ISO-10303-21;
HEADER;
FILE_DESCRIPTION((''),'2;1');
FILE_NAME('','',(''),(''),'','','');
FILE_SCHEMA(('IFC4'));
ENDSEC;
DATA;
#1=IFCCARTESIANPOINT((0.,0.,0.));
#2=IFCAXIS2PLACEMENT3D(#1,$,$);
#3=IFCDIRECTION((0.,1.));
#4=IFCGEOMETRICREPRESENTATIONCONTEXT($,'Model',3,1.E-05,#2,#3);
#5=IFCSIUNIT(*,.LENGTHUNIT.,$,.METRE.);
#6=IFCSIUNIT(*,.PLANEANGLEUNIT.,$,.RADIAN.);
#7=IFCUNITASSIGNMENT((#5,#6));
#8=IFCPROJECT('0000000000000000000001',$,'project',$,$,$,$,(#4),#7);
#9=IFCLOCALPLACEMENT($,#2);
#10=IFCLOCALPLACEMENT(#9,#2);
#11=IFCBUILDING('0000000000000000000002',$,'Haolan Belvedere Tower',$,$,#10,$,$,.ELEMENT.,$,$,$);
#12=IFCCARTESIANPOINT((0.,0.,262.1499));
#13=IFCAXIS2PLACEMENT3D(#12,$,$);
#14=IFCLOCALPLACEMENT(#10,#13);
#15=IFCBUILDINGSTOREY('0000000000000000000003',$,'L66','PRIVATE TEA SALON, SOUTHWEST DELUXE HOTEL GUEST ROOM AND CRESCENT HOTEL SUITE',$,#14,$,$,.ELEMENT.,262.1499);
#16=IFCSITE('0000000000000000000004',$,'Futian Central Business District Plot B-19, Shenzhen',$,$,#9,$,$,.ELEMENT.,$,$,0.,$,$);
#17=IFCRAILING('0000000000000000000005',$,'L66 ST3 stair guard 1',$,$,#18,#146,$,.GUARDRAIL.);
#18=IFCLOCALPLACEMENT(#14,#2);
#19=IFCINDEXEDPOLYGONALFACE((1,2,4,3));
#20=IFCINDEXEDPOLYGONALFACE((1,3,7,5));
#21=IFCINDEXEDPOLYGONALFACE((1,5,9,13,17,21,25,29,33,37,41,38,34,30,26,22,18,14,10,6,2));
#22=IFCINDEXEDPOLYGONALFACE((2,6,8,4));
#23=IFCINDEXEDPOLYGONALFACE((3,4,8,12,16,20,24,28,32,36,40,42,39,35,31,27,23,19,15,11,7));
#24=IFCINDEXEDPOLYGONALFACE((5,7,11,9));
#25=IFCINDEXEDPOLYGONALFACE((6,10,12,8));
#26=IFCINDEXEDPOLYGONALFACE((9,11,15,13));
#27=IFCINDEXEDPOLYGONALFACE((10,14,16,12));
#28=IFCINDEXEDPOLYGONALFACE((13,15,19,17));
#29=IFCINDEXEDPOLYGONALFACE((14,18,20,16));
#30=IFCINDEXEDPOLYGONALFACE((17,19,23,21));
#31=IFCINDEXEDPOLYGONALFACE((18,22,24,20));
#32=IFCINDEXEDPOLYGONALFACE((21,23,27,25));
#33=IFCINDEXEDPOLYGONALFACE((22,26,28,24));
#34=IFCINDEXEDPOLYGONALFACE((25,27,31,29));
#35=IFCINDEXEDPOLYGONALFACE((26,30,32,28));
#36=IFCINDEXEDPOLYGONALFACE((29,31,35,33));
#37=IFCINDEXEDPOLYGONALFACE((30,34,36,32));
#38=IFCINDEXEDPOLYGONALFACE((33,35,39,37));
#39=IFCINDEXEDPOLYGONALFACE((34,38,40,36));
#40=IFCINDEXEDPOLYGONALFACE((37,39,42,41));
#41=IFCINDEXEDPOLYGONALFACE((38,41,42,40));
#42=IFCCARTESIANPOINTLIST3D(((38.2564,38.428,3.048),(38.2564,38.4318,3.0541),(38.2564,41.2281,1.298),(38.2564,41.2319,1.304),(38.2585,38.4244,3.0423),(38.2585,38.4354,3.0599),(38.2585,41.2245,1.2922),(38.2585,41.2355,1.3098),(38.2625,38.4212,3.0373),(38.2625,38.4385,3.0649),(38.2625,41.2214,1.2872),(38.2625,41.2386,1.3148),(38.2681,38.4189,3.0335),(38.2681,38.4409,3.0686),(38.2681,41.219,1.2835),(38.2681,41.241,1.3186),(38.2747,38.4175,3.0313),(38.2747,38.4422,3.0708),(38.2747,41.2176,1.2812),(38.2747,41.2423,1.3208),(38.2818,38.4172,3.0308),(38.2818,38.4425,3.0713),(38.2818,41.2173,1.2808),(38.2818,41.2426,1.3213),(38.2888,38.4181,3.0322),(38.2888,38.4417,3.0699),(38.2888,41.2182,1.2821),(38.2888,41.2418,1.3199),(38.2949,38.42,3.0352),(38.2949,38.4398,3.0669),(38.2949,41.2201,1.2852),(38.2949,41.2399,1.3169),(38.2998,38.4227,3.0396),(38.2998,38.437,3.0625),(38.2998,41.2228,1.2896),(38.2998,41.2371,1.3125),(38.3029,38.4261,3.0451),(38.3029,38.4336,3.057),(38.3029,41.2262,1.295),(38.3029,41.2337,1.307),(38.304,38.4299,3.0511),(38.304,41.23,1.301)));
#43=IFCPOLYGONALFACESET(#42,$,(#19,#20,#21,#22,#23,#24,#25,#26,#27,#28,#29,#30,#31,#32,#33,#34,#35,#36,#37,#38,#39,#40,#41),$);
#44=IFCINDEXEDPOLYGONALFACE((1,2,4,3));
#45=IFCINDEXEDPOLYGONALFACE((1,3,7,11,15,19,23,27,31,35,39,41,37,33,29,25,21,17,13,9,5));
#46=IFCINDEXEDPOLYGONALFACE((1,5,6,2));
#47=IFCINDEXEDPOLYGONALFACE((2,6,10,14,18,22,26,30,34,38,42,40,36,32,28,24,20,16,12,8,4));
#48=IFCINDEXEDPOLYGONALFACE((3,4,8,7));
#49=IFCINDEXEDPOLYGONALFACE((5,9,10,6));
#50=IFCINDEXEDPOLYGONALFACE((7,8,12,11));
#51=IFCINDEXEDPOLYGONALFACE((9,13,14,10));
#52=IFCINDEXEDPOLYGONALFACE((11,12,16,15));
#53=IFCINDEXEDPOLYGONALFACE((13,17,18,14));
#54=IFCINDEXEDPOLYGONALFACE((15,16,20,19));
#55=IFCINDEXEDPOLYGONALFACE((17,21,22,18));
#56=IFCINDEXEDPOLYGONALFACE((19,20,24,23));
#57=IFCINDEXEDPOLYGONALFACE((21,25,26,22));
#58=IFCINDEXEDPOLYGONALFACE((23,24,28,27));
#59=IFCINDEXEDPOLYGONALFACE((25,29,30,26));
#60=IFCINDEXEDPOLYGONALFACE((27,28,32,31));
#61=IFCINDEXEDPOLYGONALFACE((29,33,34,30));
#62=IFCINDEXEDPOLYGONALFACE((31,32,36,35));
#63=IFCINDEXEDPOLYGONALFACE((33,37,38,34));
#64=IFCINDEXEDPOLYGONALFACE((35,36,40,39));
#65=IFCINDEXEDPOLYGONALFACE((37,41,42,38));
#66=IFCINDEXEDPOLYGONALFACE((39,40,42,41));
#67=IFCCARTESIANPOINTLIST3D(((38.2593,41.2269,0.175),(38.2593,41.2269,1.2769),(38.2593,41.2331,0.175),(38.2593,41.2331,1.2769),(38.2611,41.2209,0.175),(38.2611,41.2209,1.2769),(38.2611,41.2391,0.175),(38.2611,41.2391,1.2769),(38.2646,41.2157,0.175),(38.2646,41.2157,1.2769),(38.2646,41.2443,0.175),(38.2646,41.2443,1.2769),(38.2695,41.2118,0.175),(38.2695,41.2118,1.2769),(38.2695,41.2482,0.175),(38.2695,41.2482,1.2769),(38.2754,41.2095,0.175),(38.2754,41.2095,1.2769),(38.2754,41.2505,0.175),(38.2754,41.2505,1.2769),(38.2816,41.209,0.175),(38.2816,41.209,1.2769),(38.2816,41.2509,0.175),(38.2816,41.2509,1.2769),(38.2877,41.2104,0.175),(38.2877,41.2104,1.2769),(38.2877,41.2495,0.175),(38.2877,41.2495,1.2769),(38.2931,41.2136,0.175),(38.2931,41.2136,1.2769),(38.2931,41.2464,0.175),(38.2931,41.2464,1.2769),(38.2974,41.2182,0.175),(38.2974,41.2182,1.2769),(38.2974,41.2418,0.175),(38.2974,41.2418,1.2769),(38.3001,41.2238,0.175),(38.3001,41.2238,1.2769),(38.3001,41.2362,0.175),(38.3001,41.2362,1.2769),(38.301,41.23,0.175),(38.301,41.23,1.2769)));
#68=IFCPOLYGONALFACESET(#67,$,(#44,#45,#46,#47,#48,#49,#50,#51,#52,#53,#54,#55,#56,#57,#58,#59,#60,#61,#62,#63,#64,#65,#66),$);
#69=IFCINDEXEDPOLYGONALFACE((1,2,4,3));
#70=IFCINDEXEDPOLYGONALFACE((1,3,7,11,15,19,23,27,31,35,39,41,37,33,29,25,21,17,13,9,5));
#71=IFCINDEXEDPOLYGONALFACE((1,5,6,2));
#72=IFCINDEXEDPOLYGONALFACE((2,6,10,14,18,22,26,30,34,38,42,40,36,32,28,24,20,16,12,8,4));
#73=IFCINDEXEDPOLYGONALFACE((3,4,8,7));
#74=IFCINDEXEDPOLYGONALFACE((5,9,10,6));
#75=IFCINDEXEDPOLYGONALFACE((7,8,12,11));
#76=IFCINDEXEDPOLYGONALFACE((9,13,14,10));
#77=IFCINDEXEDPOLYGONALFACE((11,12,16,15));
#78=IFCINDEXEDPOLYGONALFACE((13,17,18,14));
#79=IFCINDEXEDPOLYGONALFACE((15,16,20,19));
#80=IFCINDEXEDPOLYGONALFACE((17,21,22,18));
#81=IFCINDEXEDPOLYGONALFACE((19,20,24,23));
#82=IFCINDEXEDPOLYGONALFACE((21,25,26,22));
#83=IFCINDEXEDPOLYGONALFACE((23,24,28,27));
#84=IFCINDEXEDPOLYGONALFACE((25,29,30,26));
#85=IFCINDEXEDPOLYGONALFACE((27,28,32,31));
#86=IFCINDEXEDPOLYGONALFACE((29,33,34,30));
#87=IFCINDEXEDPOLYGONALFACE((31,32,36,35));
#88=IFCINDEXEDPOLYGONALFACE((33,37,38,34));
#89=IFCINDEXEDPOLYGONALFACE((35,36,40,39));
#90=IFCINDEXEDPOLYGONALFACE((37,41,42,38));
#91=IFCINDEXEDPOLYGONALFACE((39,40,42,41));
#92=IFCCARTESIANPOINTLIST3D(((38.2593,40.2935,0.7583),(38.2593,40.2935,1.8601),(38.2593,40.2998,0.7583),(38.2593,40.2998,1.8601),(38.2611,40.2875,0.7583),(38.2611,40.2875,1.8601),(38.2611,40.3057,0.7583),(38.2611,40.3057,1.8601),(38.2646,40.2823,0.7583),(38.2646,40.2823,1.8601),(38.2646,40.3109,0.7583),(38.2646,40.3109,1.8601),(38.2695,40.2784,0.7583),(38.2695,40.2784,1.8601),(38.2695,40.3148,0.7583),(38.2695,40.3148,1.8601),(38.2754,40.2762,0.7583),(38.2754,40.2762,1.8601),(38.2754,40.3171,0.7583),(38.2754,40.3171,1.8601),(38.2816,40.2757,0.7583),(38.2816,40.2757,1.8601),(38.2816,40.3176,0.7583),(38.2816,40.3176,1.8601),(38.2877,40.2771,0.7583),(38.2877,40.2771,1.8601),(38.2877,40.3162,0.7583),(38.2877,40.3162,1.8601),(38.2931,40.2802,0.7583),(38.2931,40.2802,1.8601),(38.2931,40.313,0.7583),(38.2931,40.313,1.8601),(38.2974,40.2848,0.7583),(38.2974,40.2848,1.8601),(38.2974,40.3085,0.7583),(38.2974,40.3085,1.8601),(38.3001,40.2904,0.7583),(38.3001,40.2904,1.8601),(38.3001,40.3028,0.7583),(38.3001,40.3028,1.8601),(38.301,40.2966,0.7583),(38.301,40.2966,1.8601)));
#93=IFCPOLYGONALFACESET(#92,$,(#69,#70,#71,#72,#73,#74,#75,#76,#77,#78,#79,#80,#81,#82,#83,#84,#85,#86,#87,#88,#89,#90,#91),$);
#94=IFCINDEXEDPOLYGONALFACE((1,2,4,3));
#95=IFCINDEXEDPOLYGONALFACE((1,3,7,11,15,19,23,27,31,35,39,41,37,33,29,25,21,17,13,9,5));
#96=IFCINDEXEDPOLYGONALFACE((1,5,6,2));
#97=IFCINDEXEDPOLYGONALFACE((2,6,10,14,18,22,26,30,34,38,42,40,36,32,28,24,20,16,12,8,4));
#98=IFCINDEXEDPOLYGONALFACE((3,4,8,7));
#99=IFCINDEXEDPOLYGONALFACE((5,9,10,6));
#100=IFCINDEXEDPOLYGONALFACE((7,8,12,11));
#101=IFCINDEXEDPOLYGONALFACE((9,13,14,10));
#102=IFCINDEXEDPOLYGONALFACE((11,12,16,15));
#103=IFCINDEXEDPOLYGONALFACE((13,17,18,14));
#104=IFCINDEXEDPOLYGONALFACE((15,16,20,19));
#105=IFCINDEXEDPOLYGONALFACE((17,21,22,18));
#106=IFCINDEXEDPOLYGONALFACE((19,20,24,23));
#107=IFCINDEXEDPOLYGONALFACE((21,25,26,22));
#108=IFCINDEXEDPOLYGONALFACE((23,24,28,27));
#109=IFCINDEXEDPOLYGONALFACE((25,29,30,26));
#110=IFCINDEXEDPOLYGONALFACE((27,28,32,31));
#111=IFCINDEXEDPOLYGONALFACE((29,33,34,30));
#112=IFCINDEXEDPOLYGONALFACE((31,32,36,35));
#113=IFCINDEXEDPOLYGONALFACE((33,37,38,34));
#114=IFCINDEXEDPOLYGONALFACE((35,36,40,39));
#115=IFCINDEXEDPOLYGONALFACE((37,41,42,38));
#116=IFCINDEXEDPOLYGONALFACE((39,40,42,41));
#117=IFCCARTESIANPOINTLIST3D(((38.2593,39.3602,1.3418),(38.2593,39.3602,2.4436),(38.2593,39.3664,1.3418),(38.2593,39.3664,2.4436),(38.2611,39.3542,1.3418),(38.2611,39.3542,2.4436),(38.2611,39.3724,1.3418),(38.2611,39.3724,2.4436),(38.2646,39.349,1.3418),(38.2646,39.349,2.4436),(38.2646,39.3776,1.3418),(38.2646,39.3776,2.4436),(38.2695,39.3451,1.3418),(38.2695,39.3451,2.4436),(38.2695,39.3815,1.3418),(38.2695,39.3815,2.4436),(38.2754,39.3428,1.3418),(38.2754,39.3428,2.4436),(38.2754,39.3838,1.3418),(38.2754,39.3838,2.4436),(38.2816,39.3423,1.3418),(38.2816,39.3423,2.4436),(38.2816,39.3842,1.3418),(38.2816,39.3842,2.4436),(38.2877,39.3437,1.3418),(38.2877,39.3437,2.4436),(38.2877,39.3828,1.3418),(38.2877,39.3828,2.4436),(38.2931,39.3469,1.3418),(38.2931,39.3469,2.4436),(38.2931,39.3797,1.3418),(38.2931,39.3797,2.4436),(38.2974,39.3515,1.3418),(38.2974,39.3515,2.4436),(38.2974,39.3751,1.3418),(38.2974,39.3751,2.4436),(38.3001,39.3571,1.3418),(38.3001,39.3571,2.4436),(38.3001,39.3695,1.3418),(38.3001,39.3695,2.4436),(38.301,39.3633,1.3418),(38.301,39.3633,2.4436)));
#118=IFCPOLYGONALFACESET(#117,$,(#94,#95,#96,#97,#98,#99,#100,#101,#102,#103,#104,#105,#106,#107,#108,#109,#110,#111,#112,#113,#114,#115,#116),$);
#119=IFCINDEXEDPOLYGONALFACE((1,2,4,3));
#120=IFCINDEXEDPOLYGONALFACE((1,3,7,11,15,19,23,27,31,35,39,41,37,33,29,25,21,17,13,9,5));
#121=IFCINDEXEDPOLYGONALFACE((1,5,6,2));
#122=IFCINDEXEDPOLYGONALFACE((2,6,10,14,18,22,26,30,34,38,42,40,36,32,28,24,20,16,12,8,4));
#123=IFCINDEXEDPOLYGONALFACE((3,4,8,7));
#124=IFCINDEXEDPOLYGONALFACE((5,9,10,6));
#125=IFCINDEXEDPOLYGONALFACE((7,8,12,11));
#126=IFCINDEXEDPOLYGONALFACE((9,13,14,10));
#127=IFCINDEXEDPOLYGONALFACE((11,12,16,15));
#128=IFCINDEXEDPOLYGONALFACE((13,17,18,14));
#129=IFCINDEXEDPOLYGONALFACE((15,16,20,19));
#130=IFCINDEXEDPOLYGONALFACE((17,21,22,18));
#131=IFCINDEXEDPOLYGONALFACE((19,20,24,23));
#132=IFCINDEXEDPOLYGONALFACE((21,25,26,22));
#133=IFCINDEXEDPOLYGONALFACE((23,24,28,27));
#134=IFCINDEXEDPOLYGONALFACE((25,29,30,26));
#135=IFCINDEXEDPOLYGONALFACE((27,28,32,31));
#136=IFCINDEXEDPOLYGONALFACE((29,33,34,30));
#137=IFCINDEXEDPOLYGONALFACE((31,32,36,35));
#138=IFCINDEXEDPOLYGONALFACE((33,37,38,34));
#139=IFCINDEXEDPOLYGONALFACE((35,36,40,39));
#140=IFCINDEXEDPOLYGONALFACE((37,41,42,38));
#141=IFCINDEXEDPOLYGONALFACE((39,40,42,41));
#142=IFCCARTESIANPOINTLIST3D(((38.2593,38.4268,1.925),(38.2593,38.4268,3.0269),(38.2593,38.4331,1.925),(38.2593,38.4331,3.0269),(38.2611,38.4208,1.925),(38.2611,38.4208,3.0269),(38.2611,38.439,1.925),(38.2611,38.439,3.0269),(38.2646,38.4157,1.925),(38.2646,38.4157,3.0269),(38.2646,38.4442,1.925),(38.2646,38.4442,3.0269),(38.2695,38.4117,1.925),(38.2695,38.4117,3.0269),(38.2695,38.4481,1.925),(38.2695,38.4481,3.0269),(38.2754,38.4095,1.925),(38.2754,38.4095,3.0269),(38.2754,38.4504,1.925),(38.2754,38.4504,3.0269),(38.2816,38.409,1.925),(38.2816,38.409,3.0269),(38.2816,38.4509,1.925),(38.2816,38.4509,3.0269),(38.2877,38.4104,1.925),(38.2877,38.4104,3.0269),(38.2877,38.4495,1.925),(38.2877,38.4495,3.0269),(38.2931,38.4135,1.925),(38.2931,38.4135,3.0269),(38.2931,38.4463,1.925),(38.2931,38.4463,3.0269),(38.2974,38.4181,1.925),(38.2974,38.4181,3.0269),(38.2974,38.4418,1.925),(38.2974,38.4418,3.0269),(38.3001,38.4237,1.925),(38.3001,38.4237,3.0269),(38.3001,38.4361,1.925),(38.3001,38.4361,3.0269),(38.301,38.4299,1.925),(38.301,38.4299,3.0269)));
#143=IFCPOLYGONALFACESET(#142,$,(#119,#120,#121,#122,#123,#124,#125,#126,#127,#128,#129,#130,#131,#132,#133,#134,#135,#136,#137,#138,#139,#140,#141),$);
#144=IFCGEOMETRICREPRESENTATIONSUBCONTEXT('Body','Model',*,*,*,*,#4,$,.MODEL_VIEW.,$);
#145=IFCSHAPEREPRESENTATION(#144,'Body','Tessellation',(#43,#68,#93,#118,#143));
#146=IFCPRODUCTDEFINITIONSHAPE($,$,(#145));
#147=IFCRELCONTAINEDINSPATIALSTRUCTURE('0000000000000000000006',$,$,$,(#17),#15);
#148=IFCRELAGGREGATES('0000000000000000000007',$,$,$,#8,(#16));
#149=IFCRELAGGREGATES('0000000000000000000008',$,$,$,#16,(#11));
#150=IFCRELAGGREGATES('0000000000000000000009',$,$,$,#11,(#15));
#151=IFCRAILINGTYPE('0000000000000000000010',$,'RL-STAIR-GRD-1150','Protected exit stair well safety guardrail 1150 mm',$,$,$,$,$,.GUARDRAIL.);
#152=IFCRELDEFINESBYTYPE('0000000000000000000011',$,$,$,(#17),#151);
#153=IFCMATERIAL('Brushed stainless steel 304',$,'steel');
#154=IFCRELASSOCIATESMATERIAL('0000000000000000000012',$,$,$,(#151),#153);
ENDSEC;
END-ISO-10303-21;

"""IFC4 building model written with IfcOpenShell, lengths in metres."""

from ifc_helpers import new_model, si_unit, direction, frame, origin, origin_2d, place, context, subcontext, project, spatial, circle, extrude, material, type_object, element, save


model = new_model("IFC4")

# Units and contexts
model_context = context("Model", 3, precision=1e-05, world=origin(), true_north=direction((0.0, 1.0)))
body_context = subcontext(model_context, "Body", "Model", "MODEL_VIEW")
ifc_project = project(units=[si_unit("LENGTHUNIT", "METRE"), si_unit("PLANEANGLEUNIT", "RADIAN")], contexts=[model_context])

# Site, building, storey
site_placement = place(None, origin())
site = spatial("IfcSite", under=ifc_project, at=site_placement, Name="Futian Central Business District Plot B-19, Shenzhen", CompositionType="ELEMENT", RefElevation=0.0)
building_placement = place(site_placement, origin())
building = spatial("IfcBuilding", under=site, at=building_placement, Name="Haolan Belvedere Tower", CompositionType="ELEMENT")
storey_placement = place(building_placement, frame((0.0, 0.0, 262.1499)))
storey = spatial("IfcBuildingStorey", under=building, at=storey_placement, Name="L66", Description="PRIVATE TEA SALON, SOUTHWEST DELUXE HOTEL GUEST ROOM AND CRESCENT HOTEL SUITE", CompositionType="ELEMENT", Elevation=262.1499)

# Railing
ifc_material_1 = material(Name="Brushed stainless steel 304", Category="steel")
railing_type_1 = type_object("IfcRailingType", Name="RL-STAIR-GRD-1150", Description="Protected exit stair well safety guardrail 1150 mm", PredefinedType="GUARDRAIL", material=ifc_material_1)
railing_1_placement = place(storey_placement, frame((38.28, 41.23, 0.175)))
element("IfcRailing", 1, at=railing_1_placement, inside=storey, type_object=railing_type_1, Name="L66 ST3 stair guard 1", PredefinedType="GUARDRAIL", context=body_context, shape_type="SweptSolid", body=[
    extrude(circle(Radius=0.0239, at=origin_2d()), frame((0.0, 0.0, 1.126), z_axis=(0.0, -0.848002, 0.529992), x_axis=(1.0, 0.0, 0.0)), (0.0, 0.0, 1.0), 3.302),
    extrude(circle(Radius=0.021, at=origin_2d()), origin(), (0.0, 0.0, 1.0), 1.1018),
    extrude(circle(Radius=0.021, at=origin_2d()), frame((0.0, -0.9333, 0.5833)), (0.0, 0.0, 1.0), 1.1018),
    extrude(circle(Radius=0.021, at=origin_2d()), frame((0.0, -1.8667, 1.1667)), (0.0, 0.0, 1.0), 1.1018),
    extrude(circle(Radius=0.021, at=origin_2d()), frame((0.0, -2.8, 1.75)), (0.0, 0.0, 1.0), 1.1018),
])

save(model, "model.ifc")
